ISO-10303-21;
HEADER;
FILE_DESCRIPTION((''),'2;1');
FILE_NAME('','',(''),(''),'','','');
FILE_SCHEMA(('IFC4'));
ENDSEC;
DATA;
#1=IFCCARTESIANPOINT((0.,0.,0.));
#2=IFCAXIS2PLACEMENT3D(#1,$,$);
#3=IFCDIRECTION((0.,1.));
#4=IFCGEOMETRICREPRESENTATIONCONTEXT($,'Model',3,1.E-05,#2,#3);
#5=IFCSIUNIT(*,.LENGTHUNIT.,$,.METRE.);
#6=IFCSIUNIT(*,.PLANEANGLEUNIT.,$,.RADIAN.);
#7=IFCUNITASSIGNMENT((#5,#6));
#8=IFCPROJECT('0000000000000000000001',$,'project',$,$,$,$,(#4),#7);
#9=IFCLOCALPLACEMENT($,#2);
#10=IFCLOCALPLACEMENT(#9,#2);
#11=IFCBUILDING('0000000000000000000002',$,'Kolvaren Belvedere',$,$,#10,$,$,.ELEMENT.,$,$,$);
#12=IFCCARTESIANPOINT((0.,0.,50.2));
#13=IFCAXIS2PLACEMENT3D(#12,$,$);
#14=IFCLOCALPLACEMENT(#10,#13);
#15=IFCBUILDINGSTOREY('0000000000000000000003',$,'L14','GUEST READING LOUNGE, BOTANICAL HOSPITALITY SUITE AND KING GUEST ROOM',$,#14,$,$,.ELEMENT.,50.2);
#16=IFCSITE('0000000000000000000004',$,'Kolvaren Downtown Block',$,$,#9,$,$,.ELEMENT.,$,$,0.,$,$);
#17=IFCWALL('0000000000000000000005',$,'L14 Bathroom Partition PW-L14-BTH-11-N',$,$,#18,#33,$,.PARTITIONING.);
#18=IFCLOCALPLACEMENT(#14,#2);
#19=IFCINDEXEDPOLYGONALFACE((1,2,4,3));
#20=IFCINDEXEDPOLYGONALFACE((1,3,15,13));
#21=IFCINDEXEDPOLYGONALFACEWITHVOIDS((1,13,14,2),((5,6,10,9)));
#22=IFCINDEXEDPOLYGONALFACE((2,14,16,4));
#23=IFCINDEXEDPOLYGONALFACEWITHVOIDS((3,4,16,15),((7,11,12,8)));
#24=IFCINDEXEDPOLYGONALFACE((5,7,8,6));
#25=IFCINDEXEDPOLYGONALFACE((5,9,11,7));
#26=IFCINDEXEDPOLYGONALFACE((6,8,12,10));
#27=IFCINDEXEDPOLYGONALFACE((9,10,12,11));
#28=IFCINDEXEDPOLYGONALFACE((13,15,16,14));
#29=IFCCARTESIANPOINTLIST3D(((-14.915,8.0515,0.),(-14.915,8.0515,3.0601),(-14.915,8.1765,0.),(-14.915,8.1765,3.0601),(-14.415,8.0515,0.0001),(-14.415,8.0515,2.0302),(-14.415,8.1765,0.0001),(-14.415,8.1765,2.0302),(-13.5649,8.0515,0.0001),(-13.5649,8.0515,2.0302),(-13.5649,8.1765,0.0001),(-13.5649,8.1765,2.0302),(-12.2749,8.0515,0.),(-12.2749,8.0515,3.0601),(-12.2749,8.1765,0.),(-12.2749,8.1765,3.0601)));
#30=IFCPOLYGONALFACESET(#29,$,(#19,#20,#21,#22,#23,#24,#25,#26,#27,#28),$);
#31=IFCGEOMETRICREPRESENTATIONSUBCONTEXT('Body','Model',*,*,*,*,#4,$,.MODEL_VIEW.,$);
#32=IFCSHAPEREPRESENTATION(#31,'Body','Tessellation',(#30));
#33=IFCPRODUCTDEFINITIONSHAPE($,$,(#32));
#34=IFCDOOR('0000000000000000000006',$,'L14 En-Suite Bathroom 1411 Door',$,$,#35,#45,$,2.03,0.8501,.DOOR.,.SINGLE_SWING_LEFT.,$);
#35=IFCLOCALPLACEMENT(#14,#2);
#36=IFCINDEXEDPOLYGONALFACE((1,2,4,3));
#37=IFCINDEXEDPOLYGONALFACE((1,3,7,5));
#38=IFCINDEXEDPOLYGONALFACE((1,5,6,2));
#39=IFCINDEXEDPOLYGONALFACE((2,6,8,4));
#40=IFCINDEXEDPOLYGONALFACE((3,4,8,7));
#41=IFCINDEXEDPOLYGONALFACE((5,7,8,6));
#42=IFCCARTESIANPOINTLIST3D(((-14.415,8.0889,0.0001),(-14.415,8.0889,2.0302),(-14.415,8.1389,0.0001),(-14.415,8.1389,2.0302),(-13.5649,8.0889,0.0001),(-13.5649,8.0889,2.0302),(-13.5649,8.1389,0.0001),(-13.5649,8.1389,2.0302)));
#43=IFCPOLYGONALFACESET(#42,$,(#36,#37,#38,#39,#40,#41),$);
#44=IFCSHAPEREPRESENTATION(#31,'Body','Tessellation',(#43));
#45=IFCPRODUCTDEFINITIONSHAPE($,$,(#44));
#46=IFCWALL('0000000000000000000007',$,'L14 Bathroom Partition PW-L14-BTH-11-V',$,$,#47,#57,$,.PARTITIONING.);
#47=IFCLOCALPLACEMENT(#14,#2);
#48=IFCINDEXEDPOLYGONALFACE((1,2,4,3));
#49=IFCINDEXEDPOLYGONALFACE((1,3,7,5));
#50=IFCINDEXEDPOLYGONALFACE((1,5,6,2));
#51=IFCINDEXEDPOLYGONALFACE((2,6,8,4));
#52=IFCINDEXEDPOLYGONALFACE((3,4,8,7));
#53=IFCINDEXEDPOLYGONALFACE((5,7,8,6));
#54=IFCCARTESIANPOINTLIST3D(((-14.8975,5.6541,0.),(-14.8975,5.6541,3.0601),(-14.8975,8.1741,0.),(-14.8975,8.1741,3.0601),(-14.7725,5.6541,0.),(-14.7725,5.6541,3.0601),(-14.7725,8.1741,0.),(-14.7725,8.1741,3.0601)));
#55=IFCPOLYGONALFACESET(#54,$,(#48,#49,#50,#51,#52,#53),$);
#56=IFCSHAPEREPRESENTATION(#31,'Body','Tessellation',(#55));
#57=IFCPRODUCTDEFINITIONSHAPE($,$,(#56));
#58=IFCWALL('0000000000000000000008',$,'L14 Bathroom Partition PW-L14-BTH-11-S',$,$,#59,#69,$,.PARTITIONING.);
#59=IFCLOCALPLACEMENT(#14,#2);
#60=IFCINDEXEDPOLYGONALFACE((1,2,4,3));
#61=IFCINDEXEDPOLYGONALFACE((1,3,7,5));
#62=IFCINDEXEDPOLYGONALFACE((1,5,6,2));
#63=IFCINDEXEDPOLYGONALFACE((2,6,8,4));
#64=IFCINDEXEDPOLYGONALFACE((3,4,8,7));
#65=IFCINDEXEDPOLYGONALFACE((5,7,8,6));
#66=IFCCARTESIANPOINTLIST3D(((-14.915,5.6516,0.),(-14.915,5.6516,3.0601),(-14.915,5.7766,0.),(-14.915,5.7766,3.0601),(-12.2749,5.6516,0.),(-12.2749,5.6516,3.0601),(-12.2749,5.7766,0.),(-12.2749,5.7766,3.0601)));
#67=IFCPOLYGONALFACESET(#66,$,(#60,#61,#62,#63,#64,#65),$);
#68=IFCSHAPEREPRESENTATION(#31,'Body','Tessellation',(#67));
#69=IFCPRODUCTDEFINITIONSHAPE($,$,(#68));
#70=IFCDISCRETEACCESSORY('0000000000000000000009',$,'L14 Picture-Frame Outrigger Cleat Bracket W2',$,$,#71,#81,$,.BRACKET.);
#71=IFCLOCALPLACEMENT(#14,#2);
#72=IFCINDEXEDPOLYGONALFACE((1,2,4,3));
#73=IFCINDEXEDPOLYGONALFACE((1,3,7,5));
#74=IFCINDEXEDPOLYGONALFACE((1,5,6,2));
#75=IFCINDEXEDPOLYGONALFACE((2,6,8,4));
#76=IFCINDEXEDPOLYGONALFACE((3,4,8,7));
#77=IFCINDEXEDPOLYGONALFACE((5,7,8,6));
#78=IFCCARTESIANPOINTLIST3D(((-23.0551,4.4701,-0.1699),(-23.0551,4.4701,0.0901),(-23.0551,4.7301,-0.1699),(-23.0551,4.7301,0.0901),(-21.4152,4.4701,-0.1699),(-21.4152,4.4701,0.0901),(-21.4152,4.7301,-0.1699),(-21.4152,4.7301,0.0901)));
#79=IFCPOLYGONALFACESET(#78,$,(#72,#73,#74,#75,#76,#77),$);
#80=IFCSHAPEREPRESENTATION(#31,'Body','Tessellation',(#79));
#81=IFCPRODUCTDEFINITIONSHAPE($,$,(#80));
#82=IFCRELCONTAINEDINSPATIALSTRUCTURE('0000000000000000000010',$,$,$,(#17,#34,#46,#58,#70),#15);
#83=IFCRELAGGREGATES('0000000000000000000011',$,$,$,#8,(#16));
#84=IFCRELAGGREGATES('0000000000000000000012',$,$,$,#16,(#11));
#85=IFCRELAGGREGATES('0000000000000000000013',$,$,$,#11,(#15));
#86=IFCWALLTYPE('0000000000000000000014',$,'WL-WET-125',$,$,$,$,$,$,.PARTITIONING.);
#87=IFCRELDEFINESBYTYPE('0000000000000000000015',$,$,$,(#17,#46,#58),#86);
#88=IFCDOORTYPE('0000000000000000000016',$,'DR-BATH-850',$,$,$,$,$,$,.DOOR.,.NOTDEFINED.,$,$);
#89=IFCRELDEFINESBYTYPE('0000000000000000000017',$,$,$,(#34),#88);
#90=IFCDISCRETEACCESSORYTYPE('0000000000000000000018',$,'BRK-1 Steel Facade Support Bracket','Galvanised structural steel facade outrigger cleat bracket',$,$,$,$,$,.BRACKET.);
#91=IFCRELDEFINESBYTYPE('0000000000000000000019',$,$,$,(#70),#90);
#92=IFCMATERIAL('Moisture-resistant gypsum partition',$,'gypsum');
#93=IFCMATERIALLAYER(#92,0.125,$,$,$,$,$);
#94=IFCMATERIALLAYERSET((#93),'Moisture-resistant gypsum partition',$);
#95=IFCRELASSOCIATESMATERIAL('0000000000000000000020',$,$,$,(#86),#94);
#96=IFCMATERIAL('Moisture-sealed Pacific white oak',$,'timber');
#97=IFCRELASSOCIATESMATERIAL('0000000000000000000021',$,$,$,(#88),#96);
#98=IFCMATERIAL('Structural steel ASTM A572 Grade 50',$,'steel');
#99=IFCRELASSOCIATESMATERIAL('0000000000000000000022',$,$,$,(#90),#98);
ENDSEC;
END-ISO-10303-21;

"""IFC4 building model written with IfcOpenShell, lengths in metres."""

from ifc_helpers import new_model, si_unit, direction, frame, frame_2d, origin, origin_2d, place, context, subcontext, project, spatial, rectangle, extrude, material, layer, layer_set, type_object, element, fill, save


model = new_model("IFC4")

# Units and contexts
model_context = context("Model", 3, precision=1e-05, world=origin(), true_north=direction((0.0, 1.0)))
body_context = subcontext(model_context, "Body", "Model", "MODEL_VIEW")
ifc_project = project(units=[si_unit("LENGTHUNIT", "METRE"), si_unit("PLANEANGLEUNIT", "RADIAN")], contexts=[model_context])

# Site, building, storey
site_placement = place(None, origin())
site = spatial("IfcSite", under=ifc_project, at=site_placement, Name="Kolvaren Downtown Block", CompositionType="ELEMENT", RefElevation=0.0)
building_placement = place(site_placement, origin())
building = spatial("IfcBuilding", under=site, at=building_placement, Name="Kolvaren Belvedere", CompositionType="ELEMENT")
storey_placement = place(building_placement, frame((0.0, 0.0, 50.2)))
storey = spatial("IfcBuildingStorey", under=building, at=storey_placement, Name="L14", Description="GUEST READING LOUNGE, BOTANICAL HOSPITALITY SUITE AND KING GUEST ROOM", CompositionType="ELEMENT", Elevation=50.2)

# Wall, opening, door
ifc_material_1 = material(Name="Moisture-resistant gypsum partition", Category="gypsum")
ifc_layer_1 = layer(ifc_material_1, 0.125)
ifc_layer_set_1 = layer_set([ifc_layer_1], Name="Moisture-resistant gypsum partition")
wall_type_1 = type_object("IfcWallType", Name="WL-WET-125", PredefinedType="PARTITIONING", material=ifc_layer_set_1)
ifc_material_2 = material(Name="Moisture-sealed Pacific white oak", Category="timber")
door_type_1 = type_object("IfcDoorType", Name="DR-BATH-850", OperationType="NOTDEFINED", PredefinedType="DOOR", material=ifc_material_2)
wall_1_placement = place(storey_placement, frame((-14.915, 8.114, 0.0), z_axis=(0.0, 0.0, 1.0), x_axis=(1.0, 0.0, 0.0)))
wall_1 = element("IfcWall", 1, at=wall_1_placement, inside=storey, type_object=wall_type_1, Name="L14 Bathroom Partition PW-L14-BTH-11-N", PredefinedType="PARTITIONING", context=body_context, shape_type="SweptSolid", body=[
    extrude(rectangle(XDim=2.6401, YDim=0.125, at=frame_2d((1.3201, 0.0))), origin(), (0.0, 0.0, 1.0), 3.0601),
])
opening_1_placement = place(wall_1_placement, frame((0.5, 0.0, 0.0)))
opening_1 = element("IfcOpeningElement", 2, at=opening_1_placement, cuts=wall_1, PredefinedType="OPENING", context=body_context, shape_type="SweptSolid", body=[
    extrude(rectangle(XDim=0.8501, YDim=2.03, at=frame_2d((0.425, 1.0151))), frame((0.0, 0.0725, 0.0), z_axis=(0.0, -1.0, 0.0), x_axis=(1.0, 0.0, 0.0)), (0.0, 0.0, 1.0), 0.145),
])
door_1_placement = place(opening_1_placement, origin())
door_1 = element("IfcDoor", 3, at=door_1_placement, inside=storey, type_object=door_type_1, Name="L14 En-Suite Bathroom 1411 Door", OperationType="SINGLE_SWING_LEFT", OverallHeight=2.03, OverallWidth=0.8501, PredefinedType="DOOR", context=body_context, shape_type="SweptSolid", body=[
    extrude(rectangle(XDim=0.8501, YDim=2.03, at=frame_2d((0.425, 1.0151))), frame((0.0, 0.0249, 0.0), z_axis=(0.0, -1.0, 0.0), x_axis=(1.0, 0.0, 0.0)), (0.0, 0.0, 1.0), 0.05),
])
fill(opening_1, door_1)

# Walls
wall_2_placement = place(storey_placement, frame((-14.835, 5.6541, 0.0), z_axis=(0.0, 0.0, 1.0), x_axis=(0.0, 1.0, 0.0)))
element("IfcWall", 4, at=wall_2_placement, inside=storey, type_object=wall_type_1, Name="L14 Bathroom Partition PW-L14-BTH-11-V", PredefinedType="PARTITIONING", context=body_context, shape_type="SweptSolid", body=[
    extrude(rectangle(XDim=2.52, YDim=0.125, at=frame_2d((1.26, 0.0))), origin(), (0.0, 0.0, 1.0), 3.0601),
])
wall_3_placement = place(storey_placement, frame((-14.915, 5.7141, 0.0), z_axis=(0.0, 0.0, 1.0), x_axis=(1.0, 0.0, 0.0)))
element("IfcWall", 5, at=wall_3_placement, inside=storey, type_object=wall_type_1, Name="L14 Bathroom Partition PW-L14-BTH-11-S", PredefinedType="PARTITIONING", context=body_context, shape_type="SweptSolid", body=[
    extrude(rectangle(XDim=2.6401, YDim=0.125, at=frame_2d((1.3201, 0.0))), origin(), (0.0, 0.0, 1.0), 3.0601),
])

# Discrete accessory
ifc_material_3 = material(Name="Structural steel ASTM A572 Grade 50", Category="steel")
discrete_accessory_type = type_object("IfcDiscreteAccessoryType", Name="BRK-1 Steel Facade Support Bracket", Description="Galvanised structural steel facade outrigger cleat bracket", PredefinedType="BRACKET", material=ifc_material_3)
discrete_accessory_placement = place(storey_placement, frame((-22.2351, 4.6001, -0.1699), z_axis=(0.0, 0.0, 1.0), x_axis=(1.0, 0.0, 0.0)))
element("IfcDiscreteAccessory", 6, at=discrete_accessory_placement, inside=storey, type_object=discrete_accessory_type, Name="L14 Picture-Frame Outrigger Cleat Bracket W2", PredefinedType="BRACKET", context=body_context, shape_type="SweptSolid", body=[
    extrude(rectangle(XDim=1.6399, YDim=0.26, at=origin_2d()), origin(), (0.0, 0.0, 1.0), 0.26),
])

save(model, "model.ifc")
